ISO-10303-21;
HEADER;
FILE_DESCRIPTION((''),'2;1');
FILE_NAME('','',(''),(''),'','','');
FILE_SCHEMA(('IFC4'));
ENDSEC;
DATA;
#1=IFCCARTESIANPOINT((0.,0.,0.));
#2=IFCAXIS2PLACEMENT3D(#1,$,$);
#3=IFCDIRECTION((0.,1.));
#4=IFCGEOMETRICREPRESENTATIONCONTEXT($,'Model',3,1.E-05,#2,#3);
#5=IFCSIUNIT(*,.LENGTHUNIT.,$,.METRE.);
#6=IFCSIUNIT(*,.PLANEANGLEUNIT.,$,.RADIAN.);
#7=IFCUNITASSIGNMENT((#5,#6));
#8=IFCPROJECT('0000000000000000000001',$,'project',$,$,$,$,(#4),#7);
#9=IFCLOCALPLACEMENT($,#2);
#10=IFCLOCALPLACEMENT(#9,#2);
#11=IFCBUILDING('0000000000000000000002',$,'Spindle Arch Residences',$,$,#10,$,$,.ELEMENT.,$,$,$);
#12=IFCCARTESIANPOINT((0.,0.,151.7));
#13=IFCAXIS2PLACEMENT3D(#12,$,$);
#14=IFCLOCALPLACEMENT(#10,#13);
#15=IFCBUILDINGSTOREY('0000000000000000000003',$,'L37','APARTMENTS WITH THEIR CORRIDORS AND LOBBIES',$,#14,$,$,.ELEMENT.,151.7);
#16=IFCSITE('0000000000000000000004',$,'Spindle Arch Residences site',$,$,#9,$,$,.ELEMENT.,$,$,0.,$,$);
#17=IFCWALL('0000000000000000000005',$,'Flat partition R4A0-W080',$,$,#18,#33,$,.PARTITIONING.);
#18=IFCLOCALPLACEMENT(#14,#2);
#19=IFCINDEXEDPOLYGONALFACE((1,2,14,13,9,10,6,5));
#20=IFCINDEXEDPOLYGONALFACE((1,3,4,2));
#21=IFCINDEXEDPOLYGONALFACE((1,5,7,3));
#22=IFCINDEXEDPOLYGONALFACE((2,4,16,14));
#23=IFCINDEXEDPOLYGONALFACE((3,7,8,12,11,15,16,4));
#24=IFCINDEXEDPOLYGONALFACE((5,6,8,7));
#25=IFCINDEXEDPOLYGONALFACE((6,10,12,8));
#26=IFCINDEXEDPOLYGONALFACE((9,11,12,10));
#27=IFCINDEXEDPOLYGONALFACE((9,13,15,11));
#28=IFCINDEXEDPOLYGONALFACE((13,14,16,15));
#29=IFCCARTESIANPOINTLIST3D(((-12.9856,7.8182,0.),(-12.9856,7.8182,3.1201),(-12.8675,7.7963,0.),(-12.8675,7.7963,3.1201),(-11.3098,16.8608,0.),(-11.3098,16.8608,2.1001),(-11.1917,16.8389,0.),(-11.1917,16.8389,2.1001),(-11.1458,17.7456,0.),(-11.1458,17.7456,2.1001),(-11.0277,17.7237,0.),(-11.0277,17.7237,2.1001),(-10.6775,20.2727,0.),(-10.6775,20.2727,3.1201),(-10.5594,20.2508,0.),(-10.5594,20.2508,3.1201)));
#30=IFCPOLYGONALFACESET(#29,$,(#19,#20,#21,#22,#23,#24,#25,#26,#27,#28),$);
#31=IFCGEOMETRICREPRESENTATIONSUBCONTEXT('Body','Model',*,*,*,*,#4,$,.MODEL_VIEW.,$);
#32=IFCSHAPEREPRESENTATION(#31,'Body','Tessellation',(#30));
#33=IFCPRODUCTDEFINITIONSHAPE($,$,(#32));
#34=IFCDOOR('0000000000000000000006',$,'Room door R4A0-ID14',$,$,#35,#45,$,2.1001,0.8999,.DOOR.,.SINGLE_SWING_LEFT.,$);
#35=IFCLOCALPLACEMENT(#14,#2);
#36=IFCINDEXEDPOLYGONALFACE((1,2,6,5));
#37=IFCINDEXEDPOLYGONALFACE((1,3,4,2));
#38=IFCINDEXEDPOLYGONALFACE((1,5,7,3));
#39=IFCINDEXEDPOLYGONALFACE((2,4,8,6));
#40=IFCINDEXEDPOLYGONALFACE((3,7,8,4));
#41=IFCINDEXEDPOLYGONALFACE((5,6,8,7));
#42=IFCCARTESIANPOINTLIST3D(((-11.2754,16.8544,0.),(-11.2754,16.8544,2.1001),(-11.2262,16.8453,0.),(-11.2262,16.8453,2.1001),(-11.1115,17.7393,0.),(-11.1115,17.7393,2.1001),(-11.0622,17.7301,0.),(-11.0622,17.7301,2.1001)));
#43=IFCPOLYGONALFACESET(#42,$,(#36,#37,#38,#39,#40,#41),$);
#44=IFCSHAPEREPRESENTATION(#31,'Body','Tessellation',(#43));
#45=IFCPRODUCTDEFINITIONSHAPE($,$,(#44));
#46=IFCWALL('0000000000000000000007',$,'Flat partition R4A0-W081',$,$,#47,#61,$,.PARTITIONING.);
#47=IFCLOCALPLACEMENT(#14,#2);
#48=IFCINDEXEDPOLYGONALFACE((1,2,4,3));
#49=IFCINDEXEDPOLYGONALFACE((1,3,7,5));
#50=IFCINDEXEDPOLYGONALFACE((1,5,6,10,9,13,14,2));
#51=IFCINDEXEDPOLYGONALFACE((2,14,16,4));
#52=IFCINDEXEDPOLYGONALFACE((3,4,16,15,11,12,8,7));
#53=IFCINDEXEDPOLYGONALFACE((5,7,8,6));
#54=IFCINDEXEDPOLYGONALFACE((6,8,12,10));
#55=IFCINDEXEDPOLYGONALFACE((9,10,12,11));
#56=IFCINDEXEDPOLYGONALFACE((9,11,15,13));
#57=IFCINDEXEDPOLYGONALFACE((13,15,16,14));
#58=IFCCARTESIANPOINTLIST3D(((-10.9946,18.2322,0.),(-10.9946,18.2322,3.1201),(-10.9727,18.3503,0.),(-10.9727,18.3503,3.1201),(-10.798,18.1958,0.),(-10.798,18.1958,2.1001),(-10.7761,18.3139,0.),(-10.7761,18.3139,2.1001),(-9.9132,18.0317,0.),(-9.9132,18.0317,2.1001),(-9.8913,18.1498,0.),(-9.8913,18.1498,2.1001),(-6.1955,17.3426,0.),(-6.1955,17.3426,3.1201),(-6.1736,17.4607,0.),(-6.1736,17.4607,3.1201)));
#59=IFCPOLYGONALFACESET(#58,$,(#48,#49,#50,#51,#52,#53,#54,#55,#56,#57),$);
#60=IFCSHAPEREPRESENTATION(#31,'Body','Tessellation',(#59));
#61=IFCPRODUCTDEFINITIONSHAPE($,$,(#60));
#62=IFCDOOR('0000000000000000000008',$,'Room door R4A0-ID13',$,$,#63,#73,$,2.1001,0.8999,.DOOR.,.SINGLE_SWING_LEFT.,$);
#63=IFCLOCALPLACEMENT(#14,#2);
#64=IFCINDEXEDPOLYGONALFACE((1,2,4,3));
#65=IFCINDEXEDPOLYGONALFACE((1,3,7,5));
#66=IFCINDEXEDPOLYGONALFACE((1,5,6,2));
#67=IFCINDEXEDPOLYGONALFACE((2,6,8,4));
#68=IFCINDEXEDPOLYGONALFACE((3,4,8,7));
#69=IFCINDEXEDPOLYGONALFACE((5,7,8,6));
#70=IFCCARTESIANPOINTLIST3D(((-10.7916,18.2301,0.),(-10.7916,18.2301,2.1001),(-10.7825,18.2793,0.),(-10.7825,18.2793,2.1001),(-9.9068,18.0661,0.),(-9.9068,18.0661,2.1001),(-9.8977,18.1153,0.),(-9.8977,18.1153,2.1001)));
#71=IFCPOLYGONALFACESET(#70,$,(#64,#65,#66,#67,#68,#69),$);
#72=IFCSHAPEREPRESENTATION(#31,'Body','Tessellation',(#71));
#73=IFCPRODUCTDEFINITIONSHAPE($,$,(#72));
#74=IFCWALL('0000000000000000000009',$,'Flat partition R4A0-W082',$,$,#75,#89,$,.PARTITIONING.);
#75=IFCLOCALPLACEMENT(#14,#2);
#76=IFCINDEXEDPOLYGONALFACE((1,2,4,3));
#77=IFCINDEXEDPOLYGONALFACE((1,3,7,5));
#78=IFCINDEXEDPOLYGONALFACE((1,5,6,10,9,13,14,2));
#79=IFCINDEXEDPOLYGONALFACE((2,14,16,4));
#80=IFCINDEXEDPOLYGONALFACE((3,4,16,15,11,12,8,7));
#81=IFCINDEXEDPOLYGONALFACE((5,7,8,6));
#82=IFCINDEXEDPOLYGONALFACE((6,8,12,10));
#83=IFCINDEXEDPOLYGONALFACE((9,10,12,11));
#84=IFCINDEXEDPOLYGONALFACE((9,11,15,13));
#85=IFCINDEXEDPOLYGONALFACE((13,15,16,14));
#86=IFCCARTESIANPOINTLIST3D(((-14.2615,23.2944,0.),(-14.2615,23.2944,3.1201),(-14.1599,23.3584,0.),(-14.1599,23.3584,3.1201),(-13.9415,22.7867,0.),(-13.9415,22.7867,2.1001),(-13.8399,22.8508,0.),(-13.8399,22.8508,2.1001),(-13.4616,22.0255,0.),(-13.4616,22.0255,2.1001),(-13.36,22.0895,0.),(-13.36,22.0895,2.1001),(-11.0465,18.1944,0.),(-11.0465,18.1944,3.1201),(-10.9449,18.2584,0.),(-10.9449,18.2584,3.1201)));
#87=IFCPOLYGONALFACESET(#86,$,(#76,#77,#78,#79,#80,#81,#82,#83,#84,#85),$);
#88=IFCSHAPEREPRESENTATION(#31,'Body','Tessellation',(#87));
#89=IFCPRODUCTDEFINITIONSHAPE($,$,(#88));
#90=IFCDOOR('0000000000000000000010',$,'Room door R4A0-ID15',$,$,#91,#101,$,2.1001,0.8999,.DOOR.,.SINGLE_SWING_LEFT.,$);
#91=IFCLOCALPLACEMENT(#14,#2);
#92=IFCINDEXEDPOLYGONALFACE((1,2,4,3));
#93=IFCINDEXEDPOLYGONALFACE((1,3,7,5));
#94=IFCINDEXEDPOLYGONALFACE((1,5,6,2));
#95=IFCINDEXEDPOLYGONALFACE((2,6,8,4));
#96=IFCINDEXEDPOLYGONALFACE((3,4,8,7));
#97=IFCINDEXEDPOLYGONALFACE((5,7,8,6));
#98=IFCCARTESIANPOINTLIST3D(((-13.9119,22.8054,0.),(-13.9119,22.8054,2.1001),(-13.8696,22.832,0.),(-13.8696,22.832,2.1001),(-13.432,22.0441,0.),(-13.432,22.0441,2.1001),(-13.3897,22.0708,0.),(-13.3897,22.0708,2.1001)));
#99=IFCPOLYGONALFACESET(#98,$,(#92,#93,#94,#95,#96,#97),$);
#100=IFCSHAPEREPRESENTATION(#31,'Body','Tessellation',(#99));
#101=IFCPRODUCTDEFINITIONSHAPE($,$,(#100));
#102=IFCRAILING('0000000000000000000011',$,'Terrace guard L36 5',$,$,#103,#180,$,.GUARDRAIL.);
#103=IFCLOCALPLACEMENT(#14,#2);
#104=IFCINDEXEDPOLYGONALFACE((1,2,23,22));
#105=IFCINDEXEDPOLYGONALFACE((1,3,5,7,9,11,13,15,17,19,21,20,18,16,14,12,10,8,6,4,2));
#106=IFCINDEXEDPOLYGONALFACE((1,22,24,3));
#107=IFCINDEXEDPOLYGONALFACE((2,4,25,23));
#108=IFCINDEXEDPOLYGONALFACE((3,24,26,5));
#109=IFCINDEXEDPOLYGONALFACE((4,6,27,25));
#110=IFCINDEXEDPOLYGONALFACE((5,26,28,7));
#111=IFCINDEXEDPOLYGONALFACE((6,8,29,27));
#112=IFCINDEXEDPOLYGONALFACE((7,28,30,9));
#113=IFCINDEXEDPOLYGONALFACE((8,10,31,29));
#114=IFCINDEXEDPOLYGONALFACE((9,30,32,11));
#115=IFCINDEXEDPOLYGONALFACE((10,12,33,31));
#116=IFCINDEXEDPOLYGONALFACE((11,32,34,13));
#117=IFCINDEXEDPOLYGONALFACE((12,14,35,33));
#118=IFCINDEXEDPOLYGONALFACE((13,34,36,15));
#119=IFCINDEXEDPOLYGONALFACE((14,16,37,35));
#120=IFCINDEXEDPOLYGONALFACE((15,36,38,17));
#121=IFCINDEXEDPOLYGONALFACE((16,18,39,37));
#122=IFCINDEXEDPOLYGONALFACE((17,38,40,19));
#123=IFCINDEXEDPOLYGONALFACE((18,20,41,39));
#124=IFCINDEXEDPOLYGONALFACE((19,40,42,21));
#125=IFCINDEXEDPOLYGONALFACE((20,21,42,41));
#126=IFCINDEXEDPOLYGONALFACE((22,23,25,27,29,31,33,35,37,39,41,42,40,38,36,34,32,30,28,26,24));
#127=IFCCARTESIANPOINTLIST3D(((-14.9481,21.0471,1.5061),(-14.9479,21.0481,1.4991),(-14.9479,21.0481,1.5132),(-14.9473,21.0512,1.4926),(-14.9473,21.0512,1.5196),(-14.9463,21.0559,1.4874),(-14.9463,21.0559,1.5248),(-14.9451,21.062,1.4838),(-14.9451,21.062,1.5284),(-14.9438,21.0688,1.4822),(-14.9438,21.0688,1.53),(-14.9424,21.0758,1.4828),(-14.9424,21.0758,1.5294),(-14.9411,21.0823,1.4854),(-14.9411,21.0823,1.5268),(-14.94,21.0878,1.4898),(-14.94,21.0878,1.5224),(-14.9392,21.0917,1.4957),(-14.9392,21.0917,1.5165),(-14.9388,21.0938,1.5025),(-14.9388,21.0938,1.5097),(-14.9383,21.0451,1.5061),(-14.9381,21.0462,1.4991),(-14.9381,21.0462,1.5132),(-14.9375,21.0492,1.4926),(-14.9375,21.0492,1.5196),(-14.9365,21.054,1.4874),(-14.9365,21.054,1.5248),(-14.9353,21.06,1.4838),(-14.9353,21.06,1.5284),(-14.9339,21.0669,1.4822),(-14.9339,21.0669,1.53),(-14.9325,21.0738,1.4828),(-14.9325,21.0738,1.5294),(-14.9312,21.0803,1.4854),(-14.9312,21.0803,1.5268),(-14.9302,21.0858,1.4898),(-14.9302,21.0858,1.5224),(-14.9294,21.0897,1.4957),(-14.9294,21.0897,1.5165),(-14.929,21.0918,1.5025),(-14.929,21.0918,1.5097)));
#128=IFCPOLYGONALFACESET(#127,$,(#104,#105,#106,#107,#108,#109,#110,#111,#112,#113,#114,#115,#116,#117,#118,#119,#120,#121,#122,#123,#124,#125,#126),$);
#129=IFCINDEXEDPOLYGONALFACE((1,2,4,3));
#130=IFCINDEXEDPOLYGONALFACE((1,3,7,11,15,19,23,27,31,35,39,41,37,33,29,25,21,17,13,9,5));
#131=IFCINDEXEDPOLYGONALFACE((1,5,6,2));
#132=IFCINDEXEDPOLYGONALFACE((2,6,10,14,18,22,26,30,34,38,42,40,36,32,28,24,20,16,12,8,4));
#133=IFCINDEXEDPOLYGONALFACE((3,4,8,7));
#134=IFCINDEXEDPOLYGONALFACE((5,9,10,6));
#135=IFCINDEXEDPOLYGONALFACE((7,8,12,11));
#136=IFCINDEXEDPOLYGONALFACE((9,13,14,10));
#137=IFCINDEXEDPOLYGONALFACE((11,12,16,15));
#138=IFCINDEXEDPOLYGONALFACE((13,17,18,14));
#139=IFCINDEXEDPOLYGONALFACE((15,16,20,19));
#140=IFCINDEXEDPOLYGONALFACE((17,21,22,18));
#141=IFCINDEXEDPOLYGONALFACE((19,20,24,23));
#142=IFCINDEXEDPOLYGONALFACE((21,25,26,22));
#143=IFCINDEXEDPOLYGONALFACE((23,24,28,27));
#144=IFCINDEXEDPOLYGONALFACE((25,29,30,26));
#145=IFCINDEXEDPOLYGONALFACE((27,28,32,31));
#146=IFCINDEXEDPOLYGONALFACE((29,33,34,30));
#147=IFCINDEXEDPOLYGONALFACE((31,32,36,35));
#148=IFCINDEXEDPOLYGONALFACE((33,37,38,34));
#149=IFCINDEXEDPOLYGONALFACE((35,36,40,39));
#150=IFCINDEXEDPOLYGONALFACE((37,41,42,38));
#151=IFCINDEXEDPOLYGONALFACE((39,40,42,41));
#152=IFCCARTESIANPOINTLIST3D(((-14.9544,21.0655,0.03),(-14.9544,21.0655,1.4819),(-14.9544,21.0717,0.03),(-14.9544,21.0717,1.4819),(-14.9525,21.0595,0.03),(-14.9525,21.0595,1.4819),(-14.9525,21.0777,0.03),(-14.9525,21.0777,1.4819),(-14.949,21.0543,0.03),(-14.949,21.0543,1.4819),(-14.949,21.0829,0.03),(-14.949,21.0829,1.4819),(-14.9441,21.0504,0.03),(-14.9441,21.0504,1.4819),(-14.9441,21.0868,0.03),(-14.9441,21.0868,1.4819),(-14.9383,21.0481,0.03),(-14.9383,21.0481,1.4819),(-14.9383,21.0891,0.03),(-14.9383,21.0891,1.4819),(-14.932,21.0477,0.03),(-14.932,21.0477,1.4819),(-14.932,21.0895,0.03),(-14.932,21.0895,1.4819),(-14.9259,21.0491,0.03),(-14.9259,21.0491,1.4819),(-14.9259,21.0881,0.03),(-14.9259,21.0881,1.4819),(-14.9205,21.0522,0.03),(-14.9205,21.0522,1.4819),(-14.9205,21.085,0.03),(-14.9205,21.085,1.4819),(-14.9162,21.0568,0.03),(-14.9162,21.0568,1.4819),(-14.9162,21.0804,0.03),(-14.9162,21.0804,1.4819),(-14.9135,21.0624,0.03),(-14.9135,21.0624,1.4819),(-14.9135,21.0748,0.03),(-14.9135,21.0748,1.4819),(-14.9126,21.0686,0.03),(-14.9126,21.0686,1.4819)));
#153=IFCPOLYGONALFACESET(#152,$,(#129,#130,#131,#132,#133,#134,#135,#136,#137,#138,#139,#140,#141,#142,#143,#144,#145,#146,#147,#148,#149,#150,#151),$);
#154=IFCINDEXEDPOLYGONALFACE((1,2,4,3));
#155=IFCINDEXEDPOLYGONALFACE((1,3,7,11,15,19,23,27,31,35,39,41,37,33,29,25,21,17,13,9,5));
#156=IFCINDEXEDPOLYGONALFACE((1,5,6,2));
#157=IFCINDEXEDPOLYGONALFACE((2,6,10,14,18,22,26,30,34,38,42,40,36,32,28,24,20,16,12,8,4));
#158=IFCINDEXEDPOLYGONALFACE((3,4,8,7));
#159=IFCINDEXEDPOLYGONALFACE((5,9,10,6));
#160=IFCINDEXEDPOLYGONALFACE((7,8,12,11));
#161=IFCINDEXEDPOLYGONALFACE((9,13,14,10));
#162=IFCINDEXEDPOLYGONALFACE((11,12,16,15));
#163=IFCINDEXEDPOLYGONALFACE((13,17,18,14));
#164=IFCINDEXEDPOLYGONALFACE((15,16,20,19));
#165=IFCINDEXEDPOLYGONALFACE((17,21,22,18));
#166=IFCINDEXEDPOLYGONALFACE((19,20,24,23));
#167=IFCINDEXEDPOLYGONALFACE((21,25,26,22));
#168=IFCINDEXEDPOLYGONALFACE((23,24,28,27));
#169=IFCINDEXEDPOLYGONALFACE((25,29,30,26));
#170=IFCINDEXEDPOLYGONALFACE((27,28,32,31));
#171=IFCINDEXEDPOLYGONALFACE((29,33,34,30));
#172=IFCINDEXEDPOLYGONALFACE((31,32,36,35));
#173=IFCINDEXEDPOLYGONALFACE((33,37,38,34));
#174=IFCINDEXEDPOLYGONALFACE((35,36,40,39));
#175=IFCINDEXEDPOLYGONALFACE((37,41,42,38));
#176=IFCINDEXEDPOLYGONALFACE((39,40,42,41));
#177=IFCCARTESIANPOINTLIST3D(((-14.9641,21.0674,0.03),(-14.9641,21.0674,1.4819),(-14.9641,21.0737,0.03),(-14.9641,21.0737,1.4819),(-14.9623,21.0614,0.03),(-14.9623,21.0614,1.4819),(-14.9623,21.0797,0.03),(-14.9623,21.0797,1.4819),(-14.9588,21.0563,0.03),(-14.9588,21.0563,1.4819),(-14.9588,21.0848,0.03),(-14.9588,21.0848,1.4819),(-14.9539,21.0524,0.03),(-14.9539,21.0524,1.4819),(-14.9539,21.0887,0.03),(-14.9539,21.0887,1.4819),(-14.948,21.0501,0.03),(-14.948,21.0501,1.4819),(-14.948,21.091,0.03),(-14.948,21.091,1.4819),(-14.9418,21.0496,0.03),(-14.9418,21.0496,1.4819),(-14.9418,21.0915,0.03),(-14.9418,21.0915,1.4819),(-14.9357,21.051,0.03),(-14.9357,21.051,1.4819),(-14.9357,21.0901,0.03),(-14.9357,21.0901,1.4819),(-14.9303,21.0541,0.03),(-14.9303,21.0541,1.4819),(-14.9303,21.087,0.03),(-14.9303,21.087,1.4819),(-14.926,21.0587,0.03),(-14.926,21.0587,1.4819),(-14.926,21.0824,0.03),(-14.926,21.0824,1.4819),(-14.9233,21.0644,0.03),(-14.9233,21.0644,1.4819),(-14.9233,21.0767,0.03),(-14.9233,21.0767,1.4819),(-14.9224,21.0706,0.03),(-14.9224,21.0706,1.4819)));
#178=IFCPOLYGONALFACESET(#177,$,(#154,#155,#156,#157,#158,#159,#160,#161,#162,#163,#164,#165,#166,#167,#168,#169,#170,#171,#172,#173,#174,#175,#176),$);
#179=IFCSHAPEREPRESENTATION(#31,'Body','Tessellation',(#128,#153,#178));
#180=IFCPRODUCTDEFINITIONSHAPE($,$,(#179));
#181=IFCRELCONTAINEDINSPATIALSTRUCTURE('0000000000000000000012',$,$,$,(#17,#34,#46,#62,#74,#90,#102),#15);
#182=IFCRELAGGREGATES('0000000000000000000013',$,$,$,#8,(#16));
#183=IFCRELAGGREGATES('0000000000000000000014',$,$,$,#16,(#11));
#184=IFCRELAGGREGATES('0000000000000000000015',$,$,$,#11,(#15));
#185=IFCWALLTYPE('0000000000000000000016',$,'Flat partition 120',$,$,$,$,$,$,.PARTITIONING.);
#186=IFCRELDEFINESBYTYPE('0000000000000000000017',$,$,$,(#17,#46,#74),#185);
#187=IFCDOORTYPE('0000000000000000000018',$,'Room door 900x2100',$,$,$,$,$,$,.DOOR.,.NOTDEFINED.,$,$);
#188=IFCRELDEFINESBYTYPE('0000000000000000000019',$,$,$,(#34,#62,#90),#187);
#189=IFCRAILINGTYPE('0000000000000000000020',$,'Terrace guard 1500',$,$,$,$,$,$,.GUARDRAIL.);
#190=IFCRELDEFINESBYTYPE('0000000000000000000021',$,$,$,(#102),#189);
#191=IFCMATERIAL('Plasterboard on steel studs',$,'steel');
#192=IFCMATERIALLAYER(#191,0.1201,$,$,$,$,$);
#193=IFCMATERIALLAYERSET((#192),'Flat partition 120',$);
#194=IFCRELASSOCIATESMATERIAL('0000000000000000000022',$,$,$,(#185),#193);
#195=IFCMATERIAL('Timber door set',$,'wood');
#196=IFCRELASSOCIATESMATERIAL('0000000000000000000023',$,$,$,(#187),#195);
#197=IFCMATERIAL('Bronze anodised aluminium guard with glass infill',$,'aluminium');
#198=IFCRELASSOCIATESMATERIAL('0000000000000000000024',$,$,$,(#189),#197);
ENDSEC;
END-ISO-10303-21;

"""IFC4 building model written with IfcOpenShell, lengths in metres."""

from ifc_helpers import new_model, si_unit, direction, frame, frame_2d, origin, origin_2d, place, context, subcontext, project, spatial, rectangle, circle, extrude, material, layer, layer_set, type_object, element, fill, save


model = new_model("IFC4")

# Units and contexts
model_context = context("Model", 3, precision=1e-05, world=origin(), true_north=direction((0.0, 1.0)))
body_context = subcontext(model_context, "Body", "Model", "MODEL_VIEW")
ifc_project = project(units=[si_unit("LENGTHUNIT", "METRE"), si_unit("PLANEANGLEUNIT", "RADIAN")], contexts=[model_context])

# Site, building, storey
site_placement = place(None, origin())
site = spatial("IfcSite", under=ifc_project, at=site_placement, Name="Spindle Arch Residences site", CompositionType="ELEMENT", RefElevation=0.0)
building_placement = place(site_placement, origin())
building = spatial("IfcBuilding", under=site, at=building_placement, Name="Spindle Arch Residences", CompositionType="ELEMENT")
storey_placement = place(building_placement, frame((0.0, 0.0, 151.7)))
storey = spatial("IfcBuildingStorey", under=building, at=storey_placement, Name="L37", Description="APARTMENTS WITH THEIR CORRIDORS AND LOBBIES", CompositionType="ELEMENT", Elevation=151.7)

# Shared definitions
ifc_material_1 = material(Name="Plasterboard on steel studs", Category="steel")
ifc_layer_1 = layer(ifc_material_1, 0.1201)
ifc_layer_set_1 = layer_set([ifc_layer_1], Name="Flat partition 120")
wall_type = type_object("IfcWallType", Name="Flat partition 120", PredefinedType="PARTITIONING", material=ifc_layer_set_1)

# Walls, openings, doors
wall_1_placement = place(storey_placement, frame((-10.6184, 20.2617, 0.0), z_axis=(0.0, 0.0, 1.0), x_axis=(-0.182222, -0.983257, 0.0)))
wall_1 = element("IfcWall", 1, at=wall_1_placement, inside=storey, type_object=wall_type, Name="Flat partition R4A0-W080", PredefinedType="PARTITIONING", context=body_context, shape_type="SweptSolid", body=[
    extrude(rectangle(XDim=12.6665, YDim=0.1201, at=frame_2d((6.3333, 0.0))), origin(), (0.0, 0.0, 1.0), 3.1201),
])
opening_1_placement = place(wall_1_placement, frame((2.5701, 0.0, 0.0)))
opening_1 = element("IfcOpeningElement", 2, at=opening_1_placement, cuts=wall_1, PredefinedType="OPENING", context=body_context, shape_type="SweptSolid", body=[
    extrude(rectangle(XDim=0.8999, YDim=2.1001, at=frame_2d((0.45, 1.05))), frame((0.0, 0.0701, 0.0), z_axis=(0.0, -1.0, 0.0), x_axis=(1.0, 0.0, 0.0)), (0.0, 0.0, 1.0), 0.1401),
])
ifc_material_2 = material(Name="Timber door set", Category="wood")
door_type = type_object("IfcDoorType", Name="Room door 900x2100", OperationType="NOTDEFINED", PredefinedType="DOOR", material=ifc_material_2)
door_1_placement = place(opening_1_placement, origin())
door_1 = element("IfcDoor", 3, at=door_1_placement, inside=storey, type_object=door_type, Name="Room door R4A0-ID14", OperationType="SINGLE_SWING_LEFT", OverallHeight=2.1001, OverallWidth=0.8999, PredefinedType="DOOR", context=body_context, shape_type="SweptSolid", body=[
    extrude(rectangle(XDim=0.8999, YDim=2.1001, at=frame_2d((0.45, 1.05))), frame((0.0, 0.0249, 0.0), z_axis=(0.0, -1.0, 0.0), x_axis=(1.0, 0.0, 0.0)), (0.0, 0.0, 1.0), 0.05),
])
fill(opening_1, door_1)
wall_2_placement = place(storey_placement, frame((-10.9836, 18.2913, 0.0), z_axis=(0.0, 0.0, 1.0), x_axis=(0.983248, -0.182274, 0.0)))
wall_2 = element("IfcWall", 4, at=wall_2_placement, inside=storey, type_object=wall_type, Name="Flat partition R4A0-W081", PredefinedType="PARTITIONING", context=body_context, shape_type="SweptSolid", body=[
    extrude(rectangle(XDim=4.8809, YDim=0.1201, at=frame_2d((2.4404, 0.0))), origin(), (0.0, 0.0, 1.0), 3.1201),
])
opening_2_placement = place(wall_2_placement, frame((0.2, 0.0, 0.0)))
opening_2 = element("IfcOpeningElement", 5, at=opening_2_placement, cuts=wall_2, PredefinedType="OPENING", context=body_context, shape_type="SweptSolid", body=[
    extrude(rectangle(XDim=0.8999, YDim=2.1001, at=frame_2d((0.45, 1.05))), frame((0.0, 0.0701, 0.0), z_axis=(0.0, -1.0, 0.0), x_axis=(1.0, 0.0, 0.0)), (0.0, 0.0, 1.0), 0.1401),
])
door_2_placement = place(opening_2_placement, origin())
door_2 = element("IfcDoor", 6, at=door_2_placement, inside=storey, type_object=door_type, Name="Room door R4A0-ID13", OperationType="SINGLE_SWING_LEFT", OverallHeight=2.1001, OverallWidth=0.8999, PredefinedType="DOOR", context=body_context, shape_type="SweptSolid", body=[
    extrude(rectangle(XDim=0.8999, YDim=2.1001, at=frame_2d((0.45, 1.05))), frame((0.0, 0.0249, 0.0), z_axis=(0.0, -1.0, 0.0), x_axis=(1.0, 0.0, 0.0)), (0.0, 0.0, 1.0), 0.05),
])
fill(opening_2, door_2)
wall_3_placement = place(storey_placement, frame((-14.2107, 23.3264, 0.0), z_axis=(0.0, 0.0, 1.0), x_axis=(0.533278, -0.84594, 0.0)))
wall_3 = element("IfcWall", 7, at=wall_3_placement, inside=storey, type_object=wall_type, Name="Flat partition R4A0-W082", PredefinedType="PARTITIONING", context=body_context, shape_type="SweptSolid", body=[
    extrude(rectangle(XDim=6.0288, YDim=0.1201, at=frame_2d((3.0144, 0.0))), origin(), (0.0, 0.0, 1.0), 3.1201),
])
opening_3_placement = place(wall_3_placement, frame((0.6001, 0.0, 0.0)))
opening_3 = element("IfcOpeningElement", 8, at=opening_3_placement, cuts=wall_3, PredefinedType="OPENING", context=body_context, shape_type="SweptSolid", body=[
    extrude(rectangle(XDim=0.8999, YDim=2.1001, at=frame_2d((0.45, 1.05))), frame((0.0, 0.0701, 0.0), z_axis=(0.0, -1.0, 0.0), x_axis=(1.0, 0.0, 0.0)), (0.0, 0.0, 1.0), 0.1401),
])
door_3_placement = place(opening_3_placement, origin())
door_3 = element("IfcDoor", 9, at=door_3_placement, inside=storey, type_object=door_type, Name="Room door R4A0-ID15", OperationType="SINGLE_SWING_LEFT", OverallHeight=2.1001, OverallWidth=0.8999, PredefinedType="DOOR", context=body_context, shape_type="SweptSolid", body=[
    extrude(rectangle(XDim=0.8999, YDim=2.1001, at=frame_2d((0.45, 1.05))), frame((0.0, 0.0249, 0.0), z_axis=(0.0, -1.0, 0.0), x_axis=(1.0, 0.0, 0.0)), (0.0, 0.0, 1.0), 0.05),
])
fill(opening_3, door_3)

# Railing
ifc_material_3 = material(Name="Bronze anodised aluminium guard with glass infill", Category="aluminium")
railing_type_1 = type_object("IfcRailingType", Name="Terrace guard 1500", PredefinedType="GUARDRAIL", material=ifc_material_3)
railing_1_placement = place(storey_placement, frame((-14.9336, 21.0686, 0.03)))
element("IfcRailing", 10, at=railing_1_placement, inside=storey, type_object=railing_type_1, Name="Terrace guard L36 5", PredefinedType="GUARDRAIL", context=body_context, shape_type="SweptSolid", body=[
    extrude(circle(Radius=0.0239, at=origin_2d()), frame((0.0, 0.0, 1.4761), z_axis=(-0.980581, 0.196116, 0.0), x_axis=(-0.196116, -0.980581, 0.0)), (0.0, 0.0, 1.0), 0.01),
    extrude(circle(Radius=0.021, at=origin_2d()), origin(), (0.0, 0.0, 1.0), 1.4519),
    extrude(circle(Radius=0.021, at=origin_2d()), frame((-0.0098, 0.002, 0.0)), (0.0, 0.0, 1.0), 1.4519),
])

save(model, "model.ifc")
